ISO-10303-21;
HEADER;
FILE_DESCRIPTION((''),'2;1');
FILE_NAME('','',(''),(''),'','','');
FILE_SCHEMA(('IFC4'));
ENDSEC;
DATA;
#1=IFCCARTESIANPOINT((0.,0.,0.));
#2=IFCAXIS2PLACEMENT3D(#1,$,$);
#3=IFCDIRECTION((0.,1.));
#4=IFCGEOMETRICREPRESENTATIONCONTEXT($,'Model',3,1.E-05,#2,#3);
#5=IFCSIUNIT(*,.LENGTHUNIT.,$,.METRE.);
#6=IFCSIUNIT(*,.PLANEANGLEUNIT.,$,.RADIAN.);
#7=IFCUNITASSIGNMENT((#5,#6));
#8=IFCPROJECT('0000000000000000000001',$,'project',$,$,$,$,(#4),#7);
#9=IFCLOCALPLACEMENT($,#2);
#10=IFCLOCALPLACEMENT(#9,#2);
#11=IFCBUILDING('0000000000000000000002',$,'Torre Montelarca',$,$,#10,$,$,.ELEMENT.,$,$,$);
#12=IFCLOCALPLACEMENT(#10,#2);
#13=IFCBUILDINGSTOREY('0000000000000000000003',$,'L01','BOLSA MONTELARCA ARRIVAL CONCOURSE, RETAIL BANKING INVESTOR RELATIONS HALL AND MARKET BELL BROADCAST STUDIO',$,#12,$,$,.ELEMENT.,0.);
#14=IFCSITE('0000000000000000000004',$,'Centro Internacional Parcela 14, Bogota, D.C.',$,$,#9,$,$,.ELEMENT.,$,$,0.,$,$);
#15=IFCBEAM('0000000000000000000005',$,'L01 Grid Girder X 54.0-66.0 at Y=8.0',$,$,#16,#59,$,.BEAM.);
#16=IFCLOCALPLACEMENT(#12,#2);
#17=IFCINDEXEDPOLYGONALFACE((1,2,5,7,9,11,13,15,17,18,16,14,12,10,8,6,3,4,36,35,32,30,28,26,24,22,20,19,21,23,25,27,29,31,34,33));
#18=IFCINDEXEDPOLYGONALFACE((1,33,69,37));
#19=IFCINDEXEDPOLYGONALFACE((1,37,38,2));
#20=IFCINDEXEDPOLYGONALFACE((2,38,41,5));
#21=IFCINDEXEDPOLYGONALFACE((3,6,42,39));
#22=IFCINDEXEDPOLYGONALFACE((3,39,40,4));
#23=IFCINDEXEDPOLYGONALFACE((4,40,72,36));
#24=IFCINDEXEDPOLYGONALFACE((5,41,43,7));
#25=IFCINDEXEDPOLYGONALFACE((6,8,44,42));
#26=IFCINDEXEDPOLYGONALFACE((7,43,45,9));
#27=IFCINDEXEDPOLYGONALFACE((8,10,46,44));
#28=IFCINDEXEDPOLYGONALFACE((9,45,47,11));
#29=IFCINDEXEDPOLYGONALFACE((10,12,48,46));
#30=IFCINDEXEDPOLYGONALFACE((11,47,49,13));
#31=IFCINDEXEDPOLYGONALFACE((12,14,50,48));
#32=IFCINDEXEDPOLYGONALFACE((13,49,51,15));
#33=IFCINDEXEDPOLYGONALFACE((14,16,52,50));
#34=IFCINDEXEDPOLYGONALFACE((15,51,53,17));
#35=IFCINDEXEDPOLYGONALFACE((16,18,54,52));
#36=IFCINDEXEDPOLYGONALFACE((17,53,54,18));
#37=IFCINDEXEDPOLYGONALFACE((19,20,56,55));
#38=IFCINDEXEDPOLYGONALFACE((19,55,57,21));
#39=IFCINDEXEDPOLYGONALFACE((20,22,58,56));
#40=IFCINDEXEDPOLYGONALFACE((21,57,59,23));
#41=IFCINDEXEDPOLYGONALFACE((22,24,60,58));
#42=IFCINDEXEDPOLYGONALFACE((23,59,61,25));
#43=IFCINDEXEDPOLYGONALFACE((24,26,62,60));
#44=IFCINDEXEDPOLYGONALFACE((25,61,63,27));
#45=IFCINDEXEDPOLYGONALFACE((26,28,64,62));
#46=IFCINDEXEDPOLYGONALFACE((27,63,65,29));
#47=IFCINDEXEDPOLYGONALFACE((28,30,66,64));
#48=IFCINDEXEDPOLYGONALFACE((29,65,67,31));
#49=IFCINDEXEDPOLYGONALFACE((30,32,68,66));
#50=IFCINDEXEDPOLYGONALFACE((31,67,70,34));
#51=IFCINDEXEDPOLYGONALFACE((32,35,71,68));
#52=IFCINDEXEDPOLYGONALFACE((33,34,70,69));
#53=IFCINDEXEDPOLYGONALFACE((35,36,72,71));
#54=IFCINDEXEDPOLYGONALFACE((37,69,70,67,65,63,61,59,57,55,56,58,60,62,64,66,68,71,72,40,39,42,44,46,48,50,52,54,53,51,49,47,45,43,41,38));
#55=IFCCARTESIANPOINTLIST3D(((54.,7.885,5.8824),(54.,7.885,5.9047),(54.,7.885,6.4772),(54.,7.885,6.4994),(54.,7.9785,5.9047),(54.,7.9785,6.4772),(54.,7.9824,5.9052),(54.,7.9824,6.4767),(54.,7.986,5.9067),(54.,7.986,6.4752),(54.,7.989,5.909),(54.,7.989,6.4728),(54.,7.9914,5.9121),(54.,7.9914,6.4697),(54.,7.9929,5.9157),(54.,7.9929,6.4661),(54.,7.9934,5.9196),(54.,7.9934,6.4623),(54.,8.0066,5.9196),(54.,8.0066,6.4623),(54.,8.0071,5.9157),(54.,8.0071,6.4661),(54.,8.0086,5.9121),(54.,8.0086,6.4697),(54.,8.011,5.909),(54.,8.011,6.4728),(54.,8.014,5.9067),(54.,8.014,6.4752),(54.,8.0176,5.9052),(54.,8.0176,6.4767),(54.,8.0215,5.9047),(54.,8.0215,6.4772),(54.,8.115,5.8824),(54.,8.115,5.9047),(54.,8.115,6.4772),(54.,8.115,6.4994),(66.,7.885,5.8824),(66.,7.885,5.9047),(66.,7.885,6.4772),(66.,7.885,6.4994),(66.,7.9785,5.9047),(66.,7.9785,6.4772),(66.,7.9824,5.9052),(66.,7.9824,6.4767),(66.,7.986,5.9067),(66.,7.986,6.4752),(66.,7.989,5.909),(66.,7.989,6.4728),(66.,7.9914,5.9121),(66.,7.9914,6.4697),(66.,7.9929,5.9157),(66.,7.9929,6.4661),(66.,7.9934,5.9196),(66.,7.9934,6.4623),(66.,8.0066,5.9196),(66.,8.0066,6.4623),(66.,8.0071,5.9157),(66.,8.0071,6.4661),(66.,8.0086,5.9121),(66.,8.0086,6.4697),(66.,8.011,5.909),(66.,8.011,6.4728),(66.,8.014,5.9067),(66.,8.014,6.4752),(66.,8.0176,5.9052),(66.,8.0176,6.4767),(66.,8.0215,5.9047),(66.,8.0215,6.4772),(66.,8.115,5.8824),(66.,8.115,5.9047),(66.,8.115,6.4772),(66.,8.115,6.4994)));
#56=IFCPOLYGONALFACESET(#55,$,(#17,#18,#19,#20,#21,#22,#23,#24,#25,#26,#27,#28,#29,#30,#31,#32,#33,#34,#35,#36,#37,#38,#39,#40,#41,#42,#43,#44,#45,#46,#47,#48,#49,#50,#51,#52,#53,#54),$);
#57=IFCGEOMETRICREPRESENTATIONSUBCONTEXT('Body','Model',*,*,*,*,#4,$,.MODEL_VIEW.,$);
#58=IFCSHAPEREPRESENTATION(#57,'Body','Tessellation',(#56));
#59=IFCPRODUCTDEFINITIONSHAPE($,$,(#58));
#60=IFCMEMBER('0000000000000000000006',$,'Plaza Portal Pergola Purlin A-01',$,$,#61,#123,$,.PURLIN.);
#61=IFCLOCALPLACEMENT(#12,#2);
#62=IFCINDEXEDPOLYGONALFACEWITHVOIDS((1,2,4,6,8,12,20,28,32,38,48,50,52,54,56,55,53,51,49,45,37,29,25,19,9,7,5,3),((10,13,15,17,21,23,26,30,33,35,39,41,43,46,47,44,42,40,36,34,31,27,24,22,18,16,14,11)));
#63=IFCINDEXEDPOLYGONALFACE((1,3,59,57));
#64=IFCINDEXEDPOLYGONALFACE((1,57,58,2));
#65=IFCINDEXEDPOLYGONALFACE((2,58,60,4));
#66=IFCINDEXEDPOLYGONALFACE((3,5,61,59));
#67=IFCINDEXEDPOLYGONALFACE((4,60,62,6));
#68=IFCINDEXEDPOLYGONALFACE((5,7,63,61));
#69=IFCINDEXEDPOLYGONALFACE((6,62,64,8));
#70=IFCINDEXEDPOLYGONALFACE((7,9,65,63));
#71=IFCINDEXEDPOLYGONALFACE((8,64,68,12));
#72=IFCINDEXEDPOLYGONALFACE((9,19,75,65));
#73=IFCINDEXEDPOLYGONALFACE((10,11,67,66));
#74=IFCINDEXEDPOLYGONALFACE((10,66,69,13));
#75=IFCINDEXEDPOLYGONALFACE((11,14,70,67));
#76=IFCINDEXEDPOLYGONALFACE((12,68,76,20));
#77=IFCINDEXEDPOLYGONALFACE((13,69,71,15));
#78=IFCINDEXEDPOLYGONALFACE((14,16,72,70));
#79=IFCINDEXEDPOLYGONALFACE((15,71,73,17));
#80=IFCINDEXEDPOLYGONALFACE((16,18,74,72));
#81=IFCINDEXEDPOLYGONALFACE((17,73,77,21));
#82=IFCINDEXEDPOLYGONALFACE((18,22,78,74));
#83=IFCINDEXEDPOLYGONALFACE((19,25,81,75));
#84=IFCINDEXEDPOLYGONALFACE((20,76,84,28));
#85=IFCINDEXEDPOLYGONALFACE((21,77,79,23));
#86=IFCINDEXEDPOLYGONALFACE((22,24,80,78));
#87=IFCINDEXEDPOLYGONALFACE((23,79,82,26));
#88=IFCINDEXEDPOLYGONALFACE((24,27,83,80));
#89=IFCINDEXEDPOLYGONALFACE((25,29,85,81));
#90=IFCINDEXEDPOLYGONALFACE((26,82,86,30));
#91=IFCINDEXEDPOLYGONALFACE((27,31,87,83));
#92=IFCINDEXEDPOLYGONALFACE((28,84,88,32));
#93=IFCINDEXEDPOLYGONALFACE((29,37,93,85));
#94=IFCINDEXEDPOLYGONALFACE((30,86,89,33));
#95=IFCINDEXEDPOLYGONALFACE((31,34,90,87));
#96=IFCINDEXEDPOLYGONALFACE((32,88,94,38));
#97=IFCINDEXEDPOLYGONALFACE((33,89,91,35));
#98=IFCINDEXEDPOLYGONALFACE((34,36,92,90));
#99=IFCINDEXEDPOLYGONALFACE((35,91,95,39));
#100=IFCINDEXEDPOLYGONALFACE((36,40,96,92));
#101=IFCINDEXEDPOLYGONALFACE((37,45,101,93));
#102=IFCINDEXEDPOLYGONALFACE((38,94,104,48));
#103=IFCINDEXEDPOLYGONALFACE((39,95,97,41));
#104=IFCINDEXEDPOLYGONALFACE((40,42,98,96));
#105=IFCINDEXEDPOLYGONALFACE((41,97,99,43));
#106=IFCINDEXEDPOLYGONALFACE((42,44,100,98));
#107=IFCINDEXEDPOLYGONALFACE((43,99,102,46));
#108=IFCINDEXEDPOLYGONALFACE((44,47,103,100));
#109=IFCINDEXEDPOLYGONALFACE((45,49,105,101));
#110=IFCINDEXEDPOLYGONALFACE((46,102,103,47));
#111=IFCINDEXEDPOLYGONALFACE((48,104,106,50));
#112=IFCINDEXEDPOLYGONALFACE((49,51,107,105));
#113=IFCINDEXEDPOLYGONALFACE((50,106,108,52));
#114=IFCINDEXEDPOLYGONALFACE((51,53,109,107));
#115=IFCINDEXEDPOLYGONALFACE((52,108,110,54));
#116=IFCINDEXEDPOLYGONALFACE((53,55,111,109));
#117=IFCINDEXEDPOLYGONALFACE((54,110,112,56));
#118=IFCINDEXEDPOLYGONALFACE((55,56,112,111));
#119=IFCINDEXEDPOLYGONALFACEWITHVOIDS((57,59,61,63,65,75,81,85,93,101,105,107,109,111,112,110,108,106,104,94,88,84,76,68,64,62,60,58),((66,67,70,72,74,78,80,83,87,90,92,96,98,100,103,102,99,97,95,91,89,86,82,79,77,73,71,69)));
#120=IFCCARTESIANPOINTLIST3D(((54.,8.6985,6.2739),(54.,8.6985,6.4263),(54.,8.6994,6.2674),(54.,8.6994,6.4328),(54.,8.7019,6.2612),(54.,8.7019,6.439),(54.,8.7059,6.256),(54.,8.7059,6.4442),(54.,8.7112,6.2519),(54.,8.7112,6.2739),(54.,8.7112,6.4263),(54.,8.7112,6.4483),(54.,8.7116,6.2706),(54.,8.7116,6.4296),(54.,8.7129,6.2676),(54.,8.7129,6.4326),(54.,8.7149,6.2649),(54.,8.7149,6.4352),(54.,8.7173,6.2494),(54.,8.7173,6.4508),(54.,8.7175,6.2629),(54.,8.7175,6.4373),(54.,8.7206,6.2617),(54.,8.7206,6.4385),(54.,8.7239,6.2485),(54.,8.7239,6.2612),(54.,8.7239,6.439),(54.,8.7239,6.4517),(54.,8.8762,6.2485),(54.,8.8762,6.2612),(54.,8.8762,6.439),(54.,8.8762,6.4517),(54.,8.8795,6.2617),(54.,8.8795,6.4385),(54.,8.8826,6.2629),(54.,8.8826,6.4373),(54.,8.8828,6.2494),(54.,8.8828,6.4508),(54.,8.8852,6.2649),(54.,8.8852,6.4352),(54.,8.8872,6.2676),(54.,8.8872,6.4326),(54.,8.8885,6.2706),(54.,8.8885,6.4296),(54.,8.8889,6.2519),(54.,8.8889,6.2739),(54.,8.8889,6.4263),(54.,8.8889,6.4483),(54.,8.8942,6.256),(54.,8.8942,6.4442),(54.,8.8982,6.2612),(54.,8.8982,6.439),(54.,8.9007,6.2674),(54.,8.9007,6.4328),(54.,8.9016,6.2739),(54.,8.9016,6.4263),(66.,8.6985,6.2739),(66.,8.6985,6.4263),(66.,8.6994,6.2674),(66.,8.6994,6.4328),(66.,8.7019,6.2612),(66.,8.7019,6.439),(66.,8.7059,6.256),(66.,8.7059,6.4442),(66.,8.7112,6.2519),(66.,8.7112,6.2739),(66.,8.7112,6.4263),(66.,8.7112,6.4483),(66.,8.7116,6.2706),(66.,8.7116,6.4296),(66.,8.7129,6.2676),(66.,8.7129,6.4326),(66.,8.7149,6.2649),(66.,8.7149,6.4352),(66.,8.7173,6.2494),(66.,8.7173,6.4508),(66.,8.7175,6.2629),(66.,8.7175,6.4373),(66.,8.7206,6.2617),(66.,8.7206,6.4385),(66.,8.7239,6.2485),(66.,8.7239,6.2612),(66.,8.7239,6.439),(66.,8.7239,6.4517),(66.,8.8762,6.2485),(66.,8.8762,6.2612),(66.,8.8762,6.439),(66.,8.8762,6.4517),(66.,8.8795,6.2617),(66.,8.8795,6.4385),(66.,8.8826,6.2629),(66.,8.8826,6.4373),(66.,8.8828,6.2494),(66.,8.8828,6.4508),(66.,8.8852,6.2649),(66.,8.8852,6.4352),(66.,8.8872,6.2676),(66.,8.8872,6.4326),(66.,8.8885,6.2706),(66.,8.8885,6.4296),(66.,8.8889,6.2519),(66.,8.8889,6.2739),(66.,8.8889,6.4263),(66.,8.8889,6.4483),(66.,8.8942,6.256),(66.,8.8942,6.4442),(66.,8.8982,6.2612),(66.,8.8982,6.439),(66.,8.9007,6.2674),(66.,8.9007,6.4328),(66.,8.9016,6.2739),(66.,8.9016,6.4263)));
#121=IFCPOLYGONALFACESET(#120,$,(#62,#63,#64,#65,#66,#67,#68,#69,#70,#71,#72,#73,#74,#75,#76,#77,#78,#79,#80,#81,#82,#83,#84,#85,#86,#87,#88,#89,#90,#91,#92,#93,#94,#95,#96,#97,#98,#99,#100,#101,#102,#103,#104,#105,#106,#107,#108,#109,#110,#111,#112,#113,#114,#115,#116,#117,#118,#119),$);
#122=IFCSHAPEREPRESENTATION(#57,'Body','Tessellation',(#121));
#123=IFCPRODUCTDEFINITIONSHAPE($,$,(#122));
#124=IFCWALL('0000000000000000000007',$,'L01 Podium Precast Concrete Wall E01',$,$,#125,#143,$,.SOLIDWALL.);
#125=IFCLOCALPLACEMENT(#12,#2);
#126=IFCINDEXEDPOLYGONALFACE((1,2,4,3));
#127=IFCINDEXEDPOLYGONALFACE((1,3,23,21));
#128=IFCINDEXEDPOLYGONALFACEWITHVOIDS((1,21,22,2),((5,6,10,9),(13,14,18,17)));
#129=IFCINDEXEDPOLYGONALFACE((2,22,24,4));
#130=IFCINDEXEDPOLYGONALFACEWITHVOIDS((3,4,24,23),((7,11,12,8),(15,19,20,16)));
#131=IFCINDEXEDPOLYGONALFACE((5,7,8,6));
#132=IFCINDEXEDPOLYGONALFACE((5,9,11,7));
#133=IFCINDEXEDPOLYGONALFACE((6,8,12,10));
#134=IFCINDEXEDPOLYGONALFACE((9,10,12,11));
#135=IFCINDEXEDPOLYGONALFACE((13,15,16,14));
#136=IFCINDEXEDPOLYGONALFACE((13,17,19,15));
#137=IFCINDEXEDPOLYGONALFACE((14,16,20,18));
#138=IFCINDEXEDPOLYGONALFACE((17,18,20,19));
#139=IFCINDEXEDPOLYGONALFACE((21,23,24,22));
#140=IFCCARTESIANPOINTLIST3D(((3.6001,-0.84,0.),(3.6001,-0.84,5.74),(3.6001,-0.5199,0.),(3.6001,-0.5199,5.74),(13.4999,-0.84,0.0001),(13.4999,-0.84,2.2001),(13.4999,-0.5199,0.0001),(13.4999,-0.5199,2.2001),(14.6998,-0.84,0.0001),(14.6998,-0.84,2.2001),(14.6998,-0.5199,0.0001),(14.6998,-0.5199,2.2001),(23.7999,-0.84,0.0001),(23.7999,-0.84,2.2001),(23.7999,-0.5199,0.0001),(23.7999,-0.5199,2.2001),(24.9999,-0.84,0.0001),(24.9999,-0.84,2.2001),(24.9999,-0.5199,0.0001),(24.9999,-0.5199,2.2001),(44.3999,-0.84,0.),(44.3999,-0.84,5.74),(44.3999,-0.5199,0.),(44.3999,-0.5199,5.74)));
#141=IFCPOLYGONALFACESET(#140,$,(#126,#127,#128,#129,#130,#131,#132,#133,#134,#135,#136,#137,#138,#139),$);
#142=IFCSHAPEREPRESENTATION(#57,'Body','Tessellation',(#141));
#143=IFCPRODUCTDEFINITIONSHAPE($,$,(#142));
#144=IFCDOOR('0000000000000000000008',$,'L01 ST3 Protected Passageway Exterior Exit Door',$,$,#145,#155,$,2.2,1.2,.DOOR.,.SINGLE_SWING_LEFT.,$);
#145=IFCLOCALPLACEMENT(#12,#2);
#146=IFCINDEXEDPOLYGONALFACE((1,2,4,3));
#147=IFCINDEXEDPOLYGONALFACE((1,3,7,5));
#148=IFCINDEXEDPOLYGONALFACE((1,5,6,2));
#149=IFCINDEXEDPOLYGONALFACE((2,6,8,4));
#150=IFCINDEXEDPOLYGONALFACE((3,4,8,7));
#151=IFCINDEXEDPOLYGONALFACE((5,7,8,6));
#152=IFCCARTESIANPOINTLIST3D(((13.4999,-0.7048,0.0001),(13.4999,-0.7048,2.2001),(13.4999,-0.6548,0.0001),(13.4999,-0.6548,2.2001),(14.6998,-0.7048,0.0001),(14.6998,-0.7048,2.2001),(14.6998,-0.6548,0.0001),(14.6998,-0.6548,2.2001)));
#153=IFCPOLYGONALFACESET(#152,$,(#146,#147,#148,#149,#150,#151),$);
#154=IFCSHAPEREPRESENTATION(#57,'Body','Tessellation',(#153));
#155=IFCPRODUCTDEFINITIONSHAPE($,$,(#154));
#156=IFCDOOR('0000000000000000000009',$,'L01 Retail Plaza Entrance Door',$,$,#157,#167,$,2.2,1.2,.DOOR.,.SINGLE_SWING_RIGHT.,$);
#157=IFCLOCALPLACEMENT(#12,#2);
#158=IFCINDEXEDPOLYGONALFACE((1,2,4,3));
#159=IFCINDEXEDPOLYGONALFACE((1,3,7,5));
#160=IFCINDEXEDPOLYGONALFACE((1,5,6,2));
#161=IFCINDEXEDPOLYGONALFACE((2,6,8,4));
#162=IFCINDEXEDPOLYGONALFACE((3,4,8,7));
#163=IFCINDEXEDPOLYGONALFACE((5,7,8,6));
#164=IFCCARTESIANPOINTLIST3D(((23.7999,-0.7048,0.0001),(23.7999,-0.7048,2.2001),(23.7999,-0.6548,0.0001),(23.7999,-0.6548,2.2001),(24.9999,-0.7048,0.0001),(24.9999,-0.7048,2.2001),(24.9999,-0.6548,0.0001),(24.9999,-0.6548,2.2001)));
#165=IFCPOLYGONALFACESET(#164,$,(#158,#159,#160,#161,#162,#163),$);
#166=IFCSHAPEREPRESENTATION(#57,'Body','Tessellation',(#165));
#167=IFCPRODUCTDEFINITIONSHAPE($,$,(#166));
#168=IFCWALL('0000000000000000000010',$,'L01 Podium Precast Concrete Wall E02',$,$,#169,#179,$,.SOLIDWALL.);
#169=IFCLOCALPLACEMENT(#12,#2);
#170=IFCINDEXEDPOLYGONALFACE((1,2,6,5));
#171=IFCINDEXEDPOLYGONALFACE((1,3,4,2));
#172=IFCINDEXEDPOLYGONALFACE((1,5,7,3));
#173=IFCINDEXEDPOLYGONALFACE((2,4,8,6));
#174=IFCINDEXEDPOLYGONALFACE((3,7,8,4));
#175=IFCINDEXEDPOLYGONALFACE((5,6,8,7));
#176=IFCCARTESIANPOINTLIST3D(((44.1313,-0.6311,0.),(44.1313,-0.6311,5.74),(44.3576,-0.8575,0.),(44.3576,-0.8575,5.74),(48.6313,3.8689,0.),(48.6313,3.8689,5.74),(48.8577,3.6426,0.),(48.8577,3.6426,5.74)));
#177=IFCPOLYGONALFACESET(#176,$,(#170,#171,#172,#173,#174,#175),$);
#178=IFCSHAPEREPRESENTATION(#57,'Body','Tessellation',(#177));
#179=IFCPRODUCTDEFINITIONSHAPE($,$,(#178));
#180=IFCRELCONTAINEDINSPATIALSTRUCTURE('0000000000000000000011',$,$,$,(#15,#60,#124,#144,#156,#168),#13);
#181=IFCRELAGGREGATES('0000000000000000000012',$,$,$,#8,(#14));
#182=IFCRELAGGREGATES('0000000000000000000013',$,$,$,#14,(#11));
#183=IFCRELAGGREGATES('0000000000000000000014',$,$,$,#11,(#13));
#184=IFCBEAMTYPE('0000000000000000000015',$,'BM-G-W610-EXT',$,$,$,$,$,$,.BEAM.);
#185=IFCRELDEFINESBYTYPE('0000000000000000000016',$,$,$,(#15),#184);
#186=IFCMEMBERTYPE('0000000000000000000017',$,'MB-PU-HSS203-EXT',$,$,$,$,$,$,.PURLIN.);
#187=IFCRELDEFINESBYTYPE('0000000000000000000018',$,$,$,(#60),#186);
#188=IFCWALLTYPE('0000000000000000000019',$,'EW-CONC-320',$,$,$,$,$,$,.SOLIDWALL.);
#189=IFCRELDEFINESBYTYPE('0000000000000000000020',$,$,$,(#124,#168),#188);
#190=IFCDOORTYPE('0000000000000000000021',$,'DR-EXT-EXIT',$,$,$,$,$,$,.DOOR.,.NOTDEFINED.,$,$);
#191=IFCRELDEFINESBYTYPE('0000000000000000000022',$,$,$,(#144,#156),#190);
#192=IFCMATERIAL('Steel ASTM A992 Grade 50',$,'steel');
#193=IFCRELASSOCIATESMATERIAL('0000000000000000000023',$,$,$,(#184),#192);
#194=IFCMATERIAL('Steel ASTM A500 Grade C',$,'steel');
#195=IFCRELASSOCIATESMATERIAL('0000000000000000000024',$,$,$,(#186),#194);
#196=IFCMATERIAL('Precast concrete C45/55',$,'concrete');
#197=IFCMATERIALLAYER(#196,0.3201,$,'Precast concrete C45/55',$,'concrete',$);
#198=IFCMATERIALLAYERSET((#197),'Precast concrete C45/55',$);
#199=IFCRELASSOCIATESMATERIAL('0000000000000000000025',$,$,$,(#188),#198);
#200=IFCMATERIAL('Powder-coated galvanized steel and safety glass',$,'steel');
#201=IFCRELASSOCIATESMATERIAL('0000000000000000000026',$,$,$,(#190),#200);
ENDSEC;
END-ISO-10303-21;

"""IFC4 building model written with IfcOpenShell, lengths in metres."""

from ifc_helpers import new_model, si_unit, direction, frame, frame_2d, origin, origin_2d, place, context, subcontext, project, spatial, rectangle, hollow_rectangle, i_section, extrude, source, transform, mapped, material, layer, layer_set, material_profile, profile_set, type_object, element, fill, save


model = new_model("IFC4")

# Units and contexts
model_context = context("Model", 3, precision=1e-05, world=origin(), true_north=direction((0.0, 1.0)))
body_context = subcontext(model_context, "Body", "Model", "MODEL_VIEW")
ifc_project = project(units=[si_unit("LENGTHUNIT", "METRE"), si_unit("PLANEANGLEUNIT", "RADIAN")], contexts=[model_context])

# Site, building, storey
site_placement = place(None, origin())
site = spatial("IfcSite", under=ifc_project, at=site_placement, Name="Centro Internacional Parcela 14, Bogota, D.C.", CompositionType="ELEMENT", RefElevation=0.0)
building_placement = place(site_placement, origin())
building = spatial("IfcBuilding", under=site, at=building_placement, Name="Torre Montelarca", CompositionType="ELEMENT")
storey_placement = place(building_placement, origin())
storey = spatial("IfcBuildingStorey", under=building, at=storey_placement, Name="L01", Description="BOLSA MONTELARCA ARRIVAL CONCOURSE, RETAIL BANKING INVESTOR RELATIONS HALL AND MARKET BELL BROADCAST STUDIO", CompositionType="ELEMENT", Elevation=0.0)

# Beam
ifc_material_1 = material(Name="Steel ASTM A992 Grade 50", Category="steel")
ifc_material_profile_1 = material_profile(ifc_material_1, i_section(OverallWidth=0.23, OverallDepth=0.6169, WebThickness=0.0132, FlangeThickness=0.0222, FilletRadius=0.0149, at=origin_2d()), Name="W610X140", Category="steel")
ifc_profile_set_1 = profile_set([ifc_material_profile_1], Name="Steel ASTM A992 Grade 50")
beam_type_1 = type_object("IfcBeamType", Name="BM-G-W610-EXT", PredefinedType="BEAM", material=ifc_profile_set_1)
shared_shape_1 = source(origin(), body_context, "Body", "SweptSolid", [
    extrude(i_section(OverallWidth=0.23, OverallDepth=0.6169, WebThickness=0.0132, FlangeThickness=0.0222, FilletRadius=0.0149, at=origin_2d()), origin(), (0.0, 0.0, 1.0), 12.0),
])
beam_1_placement = place(storey_placement, frame((54.0, 8.0, 6.1909), z_axis=(1.0, 0.0, 0.0), x_axis=(0.0, 1.0, 0.0)))
element("IfcBeam", 1, at=beam_1_placement, inside=storey, type_object=beam_type_1, Name="L01 Grid Girder X 54.0-66.0 at Y=8.0", PredefinedType="BEAM", context=body_context, shape_type="MappedRepresentation", body=[
    mapped(shared_shape_1, transform((0.0, 0.0, 0.0), scale=1.0)),
])

# Member
ifc_material_2 = material(Name="Steel ASTM A500 Grade C", Category="steel")
ifc_material_profile_2 = material_profile(ifc_material_2, hollow_rectangle(XDim=0.2031, YDim=0.2031, WallThickness=0.0127, InnerFilletRadius=0.0127, OuterFilletRadius=0.0254, at=origin_2d()), Name="HSS203X203X12.7", Category="steel")
ifc_profile_set_2 = profile_set([ifc_material_profile_2], Name="Steel ASTM A500 Grade C")
member_type = type_object("IfcMemberType", Name="MB-PU-HSS203-EXT", PredefinedType="PURLIN", material=ifc_profile_set_2)
shared_shape_2 = source(origin(), body_context, "Body", "SweptSolid", [
    extrude(hollow_rectangle(XDim=0.2031, YDim=0.2031, WallThickness=0.0127, InnerFilletRadius=0.0127, OuterFilletRadius=0.0254, at=origin_2d()), origin(), (0.0, 0.0, 1.0), 12.0),
])
member_placement = place(storey_placement, frame((54.0, 8.8, 6.3501), z_axis=(1.0, 0.0, 0.0), x_axis=(0.0, 1.0, 0.0)))
element("IfcMember", 2, at=member_placement, inside=storey, type_object=member_type, Name="Plaza Portal Pergola Purlin A-01", PredefinedType="PURLIN", context=body_context, shape_type="MappedRepresentation", body=[
    mapped(shared_shape_2, transform((0.0, 0.0, 0.0), scale=1.0)),
])

# Wall, openings, doors
ifc_material_3 = material(Name="Precast concrete C45/55", Category="concrete")
ifc_layer_1 = layer(ifc_material_3, 0.3201, Name="Precast concrete C45/55", Category="concrete")
ifc_layer_set_1 = layer_set([ifc_layer_1], Name="Precast concrete C45/55")
wall_type_1 = type_object("IfcWallType", Name="EW-CONC-320", PredefinedType="SOLIDWALL", material=ifc_layer_set_1)
wall_1_placement = place(storey_placement, frame((44.3999, -0.6799, 0.0), z_axis=(0.0, 0.0, 1.0), x_axis=(-1.0, 0.0, 0.0)))
wall_1 = element("IfcWall", 3, at=wall_1_placement, inside=storey, type_object=wall_type_1, Name="L01 Podium Precast Concrete Wall E01", PredefinedType="SOLIDWALL", context=body_context, shape_type="SweptSolid", body=[
    extrude(rectangle(XDim=40.7998, YDim=0.3201, at=frame_2d((20.3999, 0.0))), origin(), (0.0, 0.0, 1.0), 5.74),
])
opening_1_placement = place(wall_1_placement, frame((29.7, 0.0, 0.0)))
opening_1 = element("IfcOpeningElement", 4, at=opening_1_placement, cuts=wall_1, PredefinedType="OPENING", context=body_context, shape_type="SweptSolid", body=[
    extrude(rectangle(XDim=1.2, YDim=2.2, at=frame_2d((0.6001, 1.1001))), frame((0.0, 0.1699, 0.0), z_axis=(0.0, -1.0, 0.0), x_axis=(1.0, 0.0, 0.0)), (0.0, 0.0, 1.0), 0.3401),
])
opening_2_placement = place(wall_1_placement, frame((19.3999, 0.0, 0.0)))
opening_2 = element("IfcOpeningElement", 5, at=opening_2_placement, cuts=wall_1, PredefinedType="OPENING", context=body_context, shape_type="SweptSolid", body=[
    extrude(rectangle(XDim=1.2, YDim=2.2, at=frame_2d((0.6001, 1.1001))), frame((0.0, 0.1699, 0.0), z_axis=(0.0, -1.0, 0.0), x_axis=(1.0, 0.0, 0.0)), (0.0, 0.0, 1.0), 0.3401),
])
ifc_material_4 = material(Name="Powder-coated galvanized steel and safety glass", Category="steel")
door_type = type_object("IfcDoorType", Name="DR-EXT-EXIT", OperationType="NOTDEFINED", PredefinedType="DOOR", material=ifc_material_4)
shared_shape_3 = source(origin(), body_context, "Body", "SweptSolid", [
    extrude(rectangle(XDim=1.2, YDim=2.2, at=frame_2d((0.6001, 1.1001))), frame((0.0, 0.0249, 0.0), z_axis=(0.0, -1.0, 0.0), x_axis=(1.0, 0.0, 0.0)), (0.0, 0.0, 1.0), 0.05),
])
door_1_placement = place(opening_1_placement, origin())
door_1 = element("IfcDoor", 6, at=door_1_placement, inside=storey, type_object=door_type, Name="L01 ST3 Protected Passageway Exterior Exit Door", OperationType="SINGLE_SWING_LEFT", OverallHeight=2.2, OverallWidth=1.2, PredefinedType="DOOR", context=body_context, shape_type="MappedRepresentation", body=[
    mapped(shared_shape_3, transform((0.0, 0.0, 0.0), scale=1.0)),
])
fill(opening_1, door_1)
door_2_placement = place(opening_2_placement, origin())
door_2 = element("IfcDoor", 7, at=door_2_placement, inside=storey, type_object=door_type, Name="L01 Retail Plaza Entrance Door", OperationType="SINGLE_SWING_RIGHT", OverallHeight=2.2, OverallWidth=1.2, PredefinedType="DOOR", context=body_context, shape_type="MappedRepresentation", body=[
    mapped(shared_shape_3, transform((0.0, 0.0, 0.0), scale=1.0)),
])
fill(opening_2, door_2)

# Wall
wall_2_placement = place(storey_placement, frame((44.2444, -0.7444, 0.0), z_axis=(0.0, 0.0, 1.0), x_axis=(0.707107, 0.707107, 0.0)))
element("IfcWall", 8, at=wall_2_placement, inside=storey, type_object=wall_type_1, Name="L01 Podium Precast Concrete Wall E02", PredefinedType="SOLIDWALL", context=body_context, shape_type="SweptSolid", body=[
    extrude(rectangle(XDim=6.364, YDim=0.3201, at=frame_2d((3.1821, 0.0))), origin(), (0.0, 0.0, 1.0), 5.74),
])

save(model, "model.ifc")
